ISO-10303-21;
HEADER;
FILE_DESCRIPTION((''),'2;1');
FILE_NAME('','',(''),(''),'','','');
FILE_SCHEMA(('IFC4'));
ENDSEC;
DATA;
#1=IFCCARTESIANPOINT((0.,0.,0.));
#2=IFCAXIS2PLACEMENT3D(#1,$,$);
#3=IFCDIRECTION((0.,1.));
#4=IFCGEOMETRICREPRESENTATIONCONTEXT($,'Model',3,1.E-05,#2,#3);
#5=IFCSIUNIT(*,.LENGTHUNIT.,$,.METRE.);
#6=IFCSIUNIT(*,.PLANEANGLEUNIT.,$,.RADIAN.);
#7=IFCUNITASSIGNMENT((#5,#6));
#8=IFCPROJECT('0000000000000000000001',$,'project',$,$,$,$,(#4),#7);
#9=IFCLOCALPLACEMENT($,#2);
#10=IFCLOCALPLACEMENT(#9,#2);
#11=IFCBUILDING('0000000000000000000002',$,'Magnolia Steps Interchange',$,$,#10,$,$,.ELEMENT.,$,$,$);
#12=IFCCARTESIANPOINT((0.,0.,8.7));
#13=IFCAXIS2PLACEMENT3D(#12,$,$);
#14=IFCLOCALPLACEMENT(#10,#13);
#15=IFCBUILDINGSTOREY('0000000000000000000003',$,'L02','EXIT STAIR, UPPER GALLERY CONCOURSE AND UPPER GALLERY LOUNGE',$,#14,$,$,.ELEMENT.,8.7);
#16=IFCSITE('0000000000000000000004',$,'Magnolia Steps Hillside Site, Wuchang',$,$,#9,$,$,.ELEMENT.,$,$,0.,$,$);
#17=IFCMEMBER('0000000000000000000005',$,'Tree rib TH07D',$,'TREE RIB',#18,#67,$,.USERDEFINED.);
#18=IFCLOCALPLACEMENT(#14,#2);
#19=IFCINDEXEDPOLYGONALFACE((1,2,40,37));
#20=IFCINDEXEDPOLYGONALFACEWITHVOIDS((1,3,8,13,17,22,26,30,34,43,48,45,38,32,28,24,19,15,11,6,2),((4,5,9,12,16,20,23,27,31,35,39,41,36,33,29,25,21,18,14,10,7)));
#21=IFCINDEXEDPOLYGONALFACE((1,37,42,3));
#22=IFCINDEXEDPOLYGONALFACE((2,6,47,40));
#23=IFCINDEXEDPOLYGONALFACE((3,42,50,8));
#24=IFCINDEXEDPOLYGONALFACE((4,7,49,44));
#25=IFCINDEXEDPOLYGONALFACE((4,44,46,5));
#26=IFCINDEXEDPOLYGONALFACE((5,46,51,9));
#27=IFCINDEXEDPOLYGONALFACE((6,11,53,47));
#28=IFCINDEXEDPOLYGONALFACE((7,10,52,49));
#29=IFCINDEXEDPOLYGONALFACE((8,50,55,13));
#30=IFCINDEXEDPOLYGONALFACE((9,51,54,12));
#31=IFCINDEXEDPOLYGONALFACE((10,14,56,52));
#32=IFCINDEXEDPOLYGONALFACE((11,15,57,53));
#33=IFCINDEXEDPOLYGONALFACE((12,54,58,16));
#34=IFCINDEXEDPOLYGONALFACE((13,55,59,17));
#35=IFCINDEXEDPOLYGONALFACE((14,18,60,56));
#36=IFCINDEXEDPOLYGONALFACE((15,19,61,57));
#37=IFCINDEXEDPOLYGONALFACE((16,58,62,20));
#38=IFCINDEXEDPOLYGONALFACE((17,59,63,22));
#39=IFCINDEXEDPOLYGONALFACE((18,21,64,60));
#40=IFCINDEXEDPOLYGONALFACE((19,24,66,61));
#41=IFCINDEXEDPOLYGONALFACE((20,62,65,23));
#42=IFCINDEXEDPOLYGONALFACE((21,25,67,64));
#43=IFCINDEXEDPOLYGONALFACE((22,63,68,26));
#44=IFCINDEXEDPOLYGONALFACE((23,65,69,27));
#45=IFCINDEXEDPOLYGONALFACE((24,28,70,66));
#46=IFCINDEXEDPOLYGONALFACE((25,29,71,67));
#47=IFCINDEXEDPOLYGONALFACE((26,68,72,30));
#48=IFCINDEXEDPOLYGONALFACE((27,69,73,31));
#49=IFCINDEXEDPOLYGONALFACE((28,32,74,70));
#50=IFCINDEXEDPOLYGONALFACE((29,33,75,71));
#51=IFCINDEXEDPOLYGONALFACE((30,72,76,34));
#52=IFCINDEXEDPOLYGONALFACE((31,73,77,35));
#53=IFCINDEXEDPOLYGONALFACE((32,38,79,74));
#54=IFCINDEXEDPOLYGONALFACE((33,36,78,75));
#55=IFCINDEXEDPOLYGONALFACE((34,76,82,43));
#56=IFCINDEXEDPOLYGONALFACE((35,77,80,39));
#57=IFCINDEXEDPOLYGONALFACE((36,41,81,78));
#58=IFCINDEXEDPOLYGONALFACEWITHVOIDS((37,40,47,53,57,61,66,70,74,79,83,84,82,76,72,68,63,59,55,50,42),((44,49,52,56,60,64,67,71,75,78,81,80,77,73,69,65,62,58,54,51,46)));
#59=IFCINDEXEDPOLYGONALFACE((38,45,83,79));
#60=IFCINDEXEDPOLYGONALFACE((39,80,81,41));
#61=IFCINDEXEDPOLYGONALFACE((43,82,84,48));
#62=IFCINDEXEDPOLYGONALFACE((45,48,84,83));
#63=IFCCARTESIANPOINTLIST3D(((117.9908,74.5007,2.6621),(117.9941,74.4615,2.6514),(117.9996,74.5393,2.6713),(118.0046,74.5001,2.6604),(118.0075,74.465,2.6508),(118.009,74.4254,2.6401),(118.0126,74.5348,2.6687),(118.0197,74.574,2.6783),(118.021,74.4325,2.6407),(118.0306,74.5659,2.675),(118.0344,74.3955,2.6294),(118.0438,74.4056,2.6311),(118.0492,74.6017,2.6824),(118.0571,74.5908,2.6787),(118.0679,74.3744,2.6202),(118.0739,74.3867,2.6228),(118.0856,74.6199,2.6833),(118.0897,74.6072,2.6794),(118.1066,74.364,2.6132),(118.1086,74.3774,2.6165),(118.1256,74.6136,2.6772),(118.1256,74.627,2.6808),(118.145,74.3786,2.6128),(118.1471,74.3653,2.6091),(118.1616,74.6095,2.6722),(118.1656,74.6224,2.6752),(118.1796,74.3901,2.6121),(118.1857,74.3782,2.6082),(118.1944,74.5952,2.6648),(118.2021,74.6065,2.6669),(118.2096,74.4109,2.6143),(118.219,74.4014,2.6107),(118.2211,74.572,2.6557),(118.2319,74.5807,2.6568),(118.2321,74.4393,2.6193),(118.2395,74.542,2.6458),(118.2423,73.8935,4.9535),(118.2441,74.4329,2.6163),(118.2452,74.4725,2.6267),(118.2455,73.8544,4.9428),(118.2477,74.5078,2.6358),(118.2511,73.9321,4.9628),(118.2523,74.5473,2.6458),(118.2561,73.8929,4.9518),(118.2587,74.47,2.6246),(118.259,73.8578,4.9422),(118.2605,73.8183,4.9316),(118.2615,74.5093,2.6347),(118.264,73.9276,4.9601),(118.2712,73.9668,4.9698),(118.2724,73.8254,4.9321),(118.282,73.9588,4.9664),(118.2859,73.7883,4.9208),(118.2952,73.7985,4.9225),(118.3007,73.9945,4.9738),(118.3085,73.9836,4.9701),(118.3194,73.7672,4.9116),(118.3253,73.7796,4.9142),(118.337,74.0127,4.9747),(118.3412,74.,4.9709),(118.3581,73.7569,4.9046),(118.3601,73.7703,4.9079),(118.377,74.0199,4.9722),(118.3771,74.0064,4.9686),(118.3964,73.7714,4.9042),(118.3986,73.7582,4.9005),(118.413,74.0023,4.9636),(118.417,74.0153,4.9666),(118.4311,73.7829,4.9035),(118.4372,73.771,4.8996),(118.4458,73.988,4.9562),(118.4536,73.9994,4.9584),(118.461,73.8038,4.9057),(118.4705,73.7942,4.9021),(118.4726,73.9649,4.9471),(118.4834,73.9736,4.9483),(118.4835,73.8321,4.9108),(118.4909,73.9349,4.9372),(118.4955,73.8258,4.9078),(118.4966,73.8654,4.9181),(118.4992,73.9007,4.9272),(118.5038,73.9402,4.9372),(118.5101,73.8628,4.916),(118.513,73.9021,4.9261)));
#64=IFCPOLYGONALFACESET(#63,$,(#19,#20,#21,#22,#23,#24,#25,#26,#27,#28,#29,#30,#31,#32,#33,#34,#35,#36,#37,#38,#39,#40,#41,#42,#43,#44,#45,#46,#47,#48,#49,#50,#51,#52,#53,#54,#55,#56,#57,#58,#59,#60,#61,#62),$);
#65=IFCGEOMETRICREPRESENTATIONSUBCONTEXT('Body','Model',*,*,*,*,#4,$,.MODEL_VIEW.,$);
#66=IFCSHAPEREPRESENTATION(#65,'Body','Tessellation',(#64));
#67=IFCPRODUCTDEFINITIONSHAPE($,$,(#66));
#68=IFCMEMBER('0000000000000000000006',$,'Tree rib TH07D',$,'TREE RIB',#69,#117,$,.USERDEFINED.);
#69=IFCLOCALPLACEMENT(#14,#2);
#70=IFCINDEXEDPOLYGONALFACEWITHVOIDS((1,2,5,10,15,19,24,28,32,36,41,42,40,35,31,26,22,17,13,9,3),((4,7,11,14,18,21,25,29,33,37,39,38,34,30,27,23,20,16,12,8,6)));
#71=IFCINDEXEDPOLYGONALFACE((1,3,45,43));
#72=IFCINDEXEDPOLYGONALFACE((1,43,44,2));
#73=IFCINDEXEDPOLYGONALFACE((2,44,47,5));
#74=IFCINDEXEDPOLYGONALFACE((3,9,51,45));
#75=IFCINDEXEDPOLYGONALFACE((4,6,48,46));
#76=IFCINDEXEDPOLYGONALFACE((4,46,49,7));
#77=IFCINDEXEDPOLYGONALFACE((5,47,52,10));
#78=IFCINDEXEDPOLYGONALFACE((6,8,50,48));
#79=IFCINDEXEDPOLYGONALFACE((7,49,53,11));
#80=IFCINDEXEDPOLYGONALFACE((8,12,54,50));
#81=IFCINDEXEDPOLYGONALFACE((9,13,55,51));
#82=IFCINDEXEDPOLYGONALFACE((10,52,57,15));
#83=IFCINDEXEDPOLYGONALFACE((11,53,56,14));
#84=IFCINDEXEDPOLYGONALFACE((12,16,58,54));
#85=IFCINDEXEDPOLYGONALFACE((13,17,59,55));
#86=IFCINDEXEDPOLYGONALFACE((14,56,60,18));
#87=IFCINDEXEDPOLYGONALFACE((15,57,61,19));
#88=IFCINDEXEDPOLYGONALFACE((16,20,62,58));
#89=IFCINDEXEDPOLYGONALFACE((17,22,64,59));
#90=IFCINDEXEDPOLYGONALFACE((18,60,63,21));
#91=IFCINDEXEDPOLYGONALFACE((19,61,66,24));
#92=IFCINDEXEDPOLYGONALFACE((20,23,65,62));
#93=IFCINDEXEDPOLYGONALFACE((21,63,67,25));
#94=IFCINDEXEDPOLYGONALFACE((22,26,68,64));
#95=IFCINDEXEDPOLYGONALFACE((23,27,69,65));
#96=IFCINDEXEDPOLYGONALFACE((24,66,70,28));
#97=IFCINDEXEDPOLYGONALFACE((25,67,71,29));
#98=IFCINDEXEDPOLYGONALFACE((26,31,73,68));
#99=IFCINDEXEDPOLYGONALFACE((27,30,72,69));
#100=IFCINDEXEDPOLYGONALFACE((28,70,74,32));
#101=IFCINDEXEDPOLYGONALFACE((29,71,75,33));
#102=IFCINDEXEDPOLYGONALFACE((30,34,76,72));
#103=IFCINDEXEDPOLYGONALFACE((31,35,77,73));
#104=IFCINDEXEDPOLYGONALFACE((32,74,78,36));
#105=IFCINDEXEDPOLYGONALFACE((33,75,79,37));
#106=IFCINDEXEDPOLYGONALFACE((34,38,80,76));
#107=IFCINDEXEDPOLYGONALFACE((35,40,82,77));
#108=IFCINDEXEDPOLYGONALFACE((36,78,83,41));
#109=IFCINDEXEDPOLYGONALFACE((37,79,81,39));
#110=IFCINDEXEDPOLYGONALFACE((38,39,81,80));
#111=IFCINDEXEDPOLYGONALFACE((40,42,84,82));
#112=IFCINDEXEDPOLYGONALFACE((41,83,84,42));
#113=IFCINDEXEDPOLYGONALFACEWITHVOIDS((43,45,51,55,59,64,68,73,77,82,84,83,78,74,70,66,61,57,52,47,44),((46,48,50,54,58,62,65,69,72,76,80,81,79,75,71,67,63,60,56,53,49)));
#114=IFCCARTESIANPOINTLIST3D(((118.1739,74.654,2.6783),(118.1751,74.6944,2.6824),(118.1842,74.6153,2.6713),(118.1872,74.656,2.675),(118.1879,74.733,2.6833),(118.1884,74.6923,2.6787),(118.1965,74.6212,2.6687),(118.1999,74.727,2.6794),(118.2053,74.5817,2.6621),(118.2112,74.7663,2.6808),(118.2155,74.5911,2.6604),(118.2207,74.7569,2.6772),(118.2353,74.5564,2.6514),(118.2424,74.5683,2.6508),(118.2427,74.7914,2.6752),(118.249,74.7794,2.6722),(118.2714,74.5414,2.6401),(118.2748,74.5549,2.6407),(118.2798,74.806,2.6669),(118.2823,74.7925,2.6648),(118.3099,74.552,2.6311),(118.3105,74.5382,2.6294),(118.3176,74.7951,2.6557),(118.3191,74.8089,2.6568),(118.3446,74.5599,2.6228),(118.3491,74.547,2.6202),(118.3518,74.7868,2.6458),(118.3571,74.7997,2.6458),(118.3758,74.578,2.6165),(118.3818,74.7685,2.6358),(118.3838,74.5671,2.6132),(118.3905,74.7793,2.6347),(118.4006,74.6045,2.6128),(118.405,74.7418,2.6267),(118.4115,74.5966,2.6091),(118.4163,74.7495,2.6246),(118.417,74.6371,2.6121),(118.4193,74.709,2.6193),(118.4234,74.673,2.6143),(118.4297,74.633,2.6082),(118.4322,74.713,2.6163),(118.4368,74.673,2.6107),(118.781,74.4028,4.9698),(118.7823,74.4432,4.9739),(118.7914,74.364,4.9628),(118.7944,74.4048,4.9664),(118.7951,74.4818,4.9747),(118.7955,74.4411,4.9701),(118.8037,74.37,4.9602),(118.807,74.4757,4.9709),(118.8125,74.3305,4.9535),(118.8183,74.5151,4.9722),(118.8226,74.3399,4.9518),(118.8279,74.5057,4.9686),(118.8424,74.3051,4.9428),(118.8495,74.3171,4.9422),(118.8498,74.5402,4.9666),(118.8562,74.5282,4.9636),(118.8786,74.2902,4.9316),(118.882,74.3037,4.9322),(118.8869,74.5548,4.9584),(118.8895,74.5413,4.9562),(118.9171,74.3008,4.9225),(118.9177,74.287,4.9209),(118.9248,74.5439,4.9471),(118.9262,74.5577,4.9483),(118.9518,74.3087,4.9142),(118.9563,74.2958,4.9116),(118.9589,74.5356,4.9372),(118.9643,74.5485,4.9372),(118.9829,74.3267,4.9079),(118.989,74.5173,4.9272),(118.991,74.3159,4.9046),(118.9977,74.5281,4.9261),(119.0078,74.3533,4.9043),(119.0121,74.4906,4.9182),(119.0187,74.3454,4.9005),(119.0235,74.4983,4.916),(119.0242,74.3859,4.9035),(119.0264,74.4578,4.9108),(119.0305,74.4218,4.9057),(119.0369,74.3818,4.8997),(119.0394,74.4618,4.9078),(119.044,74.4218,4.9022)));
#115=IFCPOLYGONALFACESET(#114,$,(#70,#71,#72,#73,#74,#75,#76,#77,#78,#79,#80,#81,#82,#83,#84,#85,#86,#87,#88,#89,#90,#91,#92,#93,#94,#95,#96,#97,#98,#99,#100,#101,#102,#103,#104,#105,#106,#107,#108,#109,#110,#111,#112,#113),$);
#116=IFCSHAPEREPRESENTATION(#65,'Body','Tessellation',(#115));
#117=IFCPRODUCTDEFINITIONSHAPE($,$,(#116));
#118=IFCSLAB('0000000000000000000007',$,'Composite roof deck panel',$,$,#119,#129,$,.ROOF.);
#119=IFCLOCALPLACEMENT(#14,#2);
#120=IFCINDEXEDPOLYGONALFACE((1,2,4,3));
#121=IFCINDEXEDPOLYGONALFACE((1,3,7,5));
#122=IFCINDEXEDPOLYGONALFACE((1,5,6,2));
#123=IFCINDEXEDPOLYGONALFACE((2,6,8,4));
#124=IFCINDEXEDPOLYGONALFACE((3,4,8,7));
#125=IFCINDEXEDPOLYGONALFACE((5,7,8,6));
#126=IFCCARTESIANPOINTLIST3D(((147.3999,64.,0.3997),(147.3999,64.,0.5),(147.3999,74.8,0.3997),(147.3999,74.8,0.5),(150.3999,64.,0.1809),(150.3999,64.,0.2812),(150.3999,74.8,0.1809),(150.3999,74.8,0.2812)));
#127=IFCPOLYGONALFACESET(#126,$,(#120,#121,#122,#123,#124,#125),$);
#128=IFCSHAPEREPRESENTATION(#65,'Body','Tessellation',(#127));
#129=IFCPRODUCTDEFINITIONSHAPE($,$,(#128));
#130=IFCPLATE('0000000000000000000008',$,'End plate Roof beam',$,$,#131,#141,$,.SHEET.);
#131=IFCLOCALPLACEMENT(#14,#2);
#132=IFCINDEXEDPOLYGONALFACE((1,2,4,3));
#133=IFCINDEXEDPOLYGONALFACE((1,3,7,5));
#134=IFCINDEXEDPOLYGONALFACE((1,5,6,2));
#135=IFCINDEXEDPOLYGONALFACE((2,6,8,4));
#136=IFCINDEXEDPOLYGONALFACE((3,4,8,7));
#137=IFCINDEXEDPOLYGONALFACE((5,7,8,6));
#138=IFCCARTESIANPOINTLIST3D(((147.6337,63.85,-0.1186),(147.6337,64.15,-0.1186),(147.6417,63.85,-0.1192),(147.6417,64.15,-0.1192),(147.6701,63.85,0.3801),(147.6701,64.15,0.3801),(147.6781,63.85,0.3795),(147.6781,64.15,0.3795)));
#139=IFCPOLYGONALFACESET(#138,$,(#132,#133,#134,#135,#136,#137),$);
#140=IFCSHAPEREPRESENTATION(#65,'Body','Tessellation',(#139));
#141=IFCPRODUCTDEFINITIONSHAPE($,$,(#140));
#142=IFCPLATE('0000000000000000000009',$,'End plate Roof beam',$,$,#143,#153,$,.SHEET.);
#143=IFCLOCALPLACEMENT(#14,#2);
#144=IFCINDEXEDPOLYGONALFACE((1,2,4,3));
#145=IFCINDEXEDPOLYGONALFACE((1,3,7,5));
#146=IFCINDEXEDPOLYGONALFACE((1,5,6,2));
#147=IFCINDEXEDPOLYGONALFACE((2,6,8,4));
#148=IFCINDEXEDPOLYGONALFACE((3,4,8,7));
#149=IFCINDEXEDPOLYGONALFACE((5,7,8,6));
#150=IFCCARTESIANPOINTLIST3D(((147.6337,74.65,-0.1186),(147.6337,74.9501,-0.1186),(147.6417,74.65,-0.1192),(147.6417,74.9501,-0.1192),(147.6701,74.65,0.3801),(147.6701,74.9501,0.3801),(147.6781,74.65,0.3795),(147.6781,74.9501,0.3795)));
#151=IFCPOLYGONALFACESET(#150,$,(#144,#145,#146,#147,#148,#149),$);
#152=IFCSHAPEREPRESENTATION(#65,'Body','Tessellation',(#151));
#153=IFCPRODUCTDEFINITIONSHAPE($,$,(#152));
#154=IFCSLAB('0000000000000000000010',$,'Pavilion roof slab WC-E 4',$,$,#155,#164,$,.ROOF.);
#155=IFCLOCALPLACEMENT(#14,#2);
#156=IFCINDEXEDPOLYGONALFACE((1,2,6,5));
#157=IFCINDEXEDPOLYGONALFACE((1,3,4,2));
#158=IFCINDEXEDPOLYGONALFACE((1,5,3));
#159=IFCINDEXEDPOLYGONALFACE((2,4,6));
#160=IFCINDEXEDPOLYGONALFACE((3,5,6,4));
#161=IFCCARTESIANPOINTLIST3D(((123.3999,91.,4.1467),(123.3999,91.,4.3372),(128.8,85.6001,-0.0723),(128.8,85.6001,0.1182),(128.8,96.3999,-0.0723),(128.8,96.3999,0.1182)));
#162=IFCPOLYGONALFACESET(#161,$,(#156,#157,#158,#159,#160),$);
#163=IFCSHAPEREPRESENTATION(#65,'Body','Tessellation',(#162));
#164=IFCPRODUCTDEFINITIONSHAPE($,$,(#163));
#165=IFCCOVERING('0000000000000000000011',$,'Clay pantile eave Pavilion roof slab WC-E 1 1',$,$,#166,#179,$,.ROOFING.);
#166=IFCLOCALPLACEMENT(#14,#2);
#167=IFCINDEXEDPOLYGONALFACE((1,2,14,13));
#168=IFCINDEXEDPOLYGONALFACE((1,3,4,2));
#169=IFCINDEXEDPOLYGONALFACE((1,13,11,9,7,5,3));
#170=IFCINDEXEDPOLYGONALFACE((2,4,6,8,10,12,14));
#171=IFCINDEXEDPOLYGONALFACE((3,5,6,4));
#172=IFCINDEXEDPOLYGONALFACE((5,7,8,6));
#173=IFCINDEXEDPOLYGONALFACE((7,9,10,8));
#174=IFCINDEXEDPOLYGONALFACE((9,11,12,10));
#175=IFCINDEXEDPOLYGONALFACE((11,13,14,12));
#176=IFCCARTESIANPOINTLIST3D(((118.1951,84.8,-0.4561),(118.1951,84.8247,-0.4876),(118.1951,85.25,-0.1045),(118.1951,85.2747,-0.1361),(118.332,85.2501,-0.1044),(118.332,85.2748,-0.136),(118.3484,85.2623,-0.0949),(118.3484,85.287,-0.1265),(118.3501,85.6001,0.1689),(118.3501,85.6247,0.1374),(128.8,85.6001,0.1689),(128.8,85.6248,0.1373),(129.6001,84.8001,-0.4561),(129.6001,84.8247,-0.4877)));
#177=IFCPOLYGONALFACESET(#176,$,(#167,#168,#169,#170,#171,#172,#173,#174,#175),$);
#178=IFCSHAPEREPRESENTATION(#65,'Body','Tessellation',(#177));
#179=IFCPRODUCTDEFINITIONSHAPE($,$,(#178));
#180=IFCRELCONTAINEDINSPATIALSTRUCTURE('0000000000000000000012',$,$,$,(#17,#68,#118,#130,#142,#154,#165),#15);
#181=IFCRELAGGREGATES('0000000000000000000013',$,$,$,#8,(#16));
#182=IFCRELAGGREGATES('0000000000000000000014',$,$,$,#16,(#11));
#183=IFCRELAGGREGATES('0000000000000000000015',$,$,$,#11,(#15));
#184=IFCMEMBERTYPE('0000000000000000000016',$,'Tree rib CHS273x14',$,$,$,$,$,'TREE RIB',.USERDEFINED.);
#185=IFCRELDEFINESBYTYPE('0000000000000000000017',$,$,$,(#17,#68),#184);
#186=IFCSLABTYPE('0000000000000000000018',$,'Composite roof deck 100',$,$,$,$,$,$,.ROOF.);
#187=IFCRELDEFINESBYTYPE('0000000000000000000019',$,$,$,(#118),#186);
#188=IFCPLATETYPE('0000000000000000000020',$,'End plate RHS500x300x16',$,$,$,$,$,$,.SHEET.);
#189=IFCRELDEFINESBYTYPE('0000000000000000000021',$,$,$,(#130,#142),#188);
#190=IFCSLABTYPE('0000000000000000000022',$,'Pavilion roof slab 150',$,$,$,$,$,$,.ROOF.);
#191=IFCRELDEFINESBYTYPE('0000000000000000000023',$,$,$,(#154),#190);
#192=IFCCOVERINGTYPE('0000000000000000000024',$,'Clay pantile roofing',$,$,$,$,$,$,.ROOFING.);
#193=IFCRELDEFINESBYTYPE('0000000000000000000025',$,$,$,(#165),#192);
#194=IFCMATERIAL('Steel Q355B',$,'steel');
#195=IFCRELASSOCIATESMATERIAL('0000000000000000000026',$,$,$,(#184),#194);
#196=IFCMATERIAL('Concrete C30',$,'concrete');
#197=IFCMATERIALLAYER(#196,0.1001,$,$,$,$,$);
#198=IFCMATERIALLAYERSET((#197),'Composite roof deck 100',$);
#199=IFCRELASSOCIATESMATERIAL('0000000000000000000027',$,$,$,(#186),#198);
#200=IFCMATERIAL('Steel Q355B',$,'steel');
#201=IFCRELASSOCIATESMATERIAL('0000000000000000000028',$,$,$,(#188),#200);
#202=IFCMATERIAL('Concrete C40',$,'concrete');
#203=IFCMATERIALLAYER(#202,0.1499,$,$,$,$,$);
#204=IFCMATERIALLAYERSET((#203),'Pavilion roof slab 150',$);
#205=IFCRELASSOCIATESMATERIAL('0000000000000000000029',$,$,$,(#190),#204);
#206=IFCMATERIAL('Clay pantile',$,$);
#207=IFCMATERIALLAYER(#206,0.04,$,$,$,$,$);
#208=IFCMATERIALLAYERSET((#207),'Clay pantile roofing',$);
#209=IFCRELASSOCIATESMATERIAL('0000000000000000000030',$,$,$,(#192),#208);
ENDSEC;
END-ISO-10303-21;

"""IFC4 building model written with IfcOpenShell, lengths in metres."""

from ifc_helpers import new_model, si_unit, direction, frame, origin, origin_2d, place, context, subcontext, project, spatial, polyline, rectangle, hollow_circle, outline, extrude, material, layer, layer_set, material_profile, profile_set, type_object, element, save


model = new_model("IFC4")

# Units and contexts
model_context = context("Model", 3, precision=1e-05, world=origin(), true_north=direction((0.0, 1.0)))
body_context = subcontext(model_context, "Body", "Model", "MODEL_VIEW")
ifc_project = project(units=[si_unit("LENGTHUNIT", "METRE"), si_unit("PLANEANGLEUNIT", "RADIAN")], contexts=[model_context])

# Site, building, storey
site_placement = place(None, origin())
site = spatial("IfcSite", under=ifc_project, at=site_placement, Name="Magnolia Steps Hillside Site, Wuchang", CompositionType="ELEMENT", RefElevation=0.0)
building_placement = place(site_placement, origin())
building = spatial("IfcBuilding", under=site, at=building_placement, Name="Magnolia Steps Interchange", CompositionType="ELEMENT")
storey_placement = place(building_placement, frame((0.0, 0.0, 8.7)))
storey = spatial("IfcBuildingStorey", under=building, at=storey_placement, Name="L02", Description="EXIT STAIR, UPPER GALLERY CONCOURSE AND UPPER GALLERY LOUNGE", CompositionType="ELEMENT", Elevation=8.7)

# Members
ifc_material_1 = material(Name="Steel Q355B", Category="steel")
ifc_material_profile_1 = material_profile(ifc_material_1, hollow_circle(Radius=0.1365, WallThickness=0.0139, at=origin_2d()), Name="CHS273x14")
ifc_profile_set_1 = profile_set([ifc_material_profile_1], Name="Steel Q355B")
member_type_1 = type_object("IfcMemberType", Name="Tree rib CHS273x14", ElementType="TREE RIB", PredefinedType="USERDEFINED", material=ifc_profile_set_1)
for number, where, z_axis, x_axis, name in (
    (1, (118.1262, 74.4951, 2.6458), (0.105485, -0.254701, 0.961249), (0.923899, 0.382636, 0.0), "Tree rib TH07D"),
    (2, (118.3049, 74.6736, 2.6458), (0.254704, -0.105384, 0.96126), (0.382319, 0.92403, 0.0), "Tree rib TH07D"),
):
    element("IfcMember", number, at=place(storey_placement, frame(where, z_axis=z_axis, x_axis=x_axis)), inside=storey, type_object=member_type_1, Name=name, ObjectType="TREE RIB", PredefinedType="USERDEFINED", context=body_context, shape_type="SweptSolid", body=[
        extrude(hollow_circle(Radius=0.1365, WallThickness=0.0139, at=origin_2d()), origin(), (0.0, 0.0, 1.0), 2.3838),
    ])

# Slab
ifc_material_2 = material(Name="Concrete C30", Category="concrete")
ifc_layer_1 = layer(ifc_material_2, 0.1001)
ifc_layer_set_1 = layer_set([ifc_layer_1], Name="Composite roof deck 100")
slab_type_1 = type_object("IfcSlabType", Name="Composite roof deck 100", PredefinedType="ROOF", material=ifc_layer_set_1)
slab_1_placement = place(storey_placement, frame((147.3999, 64.0, 0.5), z_axis=(0.072724, 0.0, 0.997352), x_axis=(0.997352, 0.0, -0.072724)))
element("IfcSlab", 3, at=slab_1_placement, inside=storey, type_object=slab_type_1, Name="Composite roof deck panel", PredefinedType="ROOF", context=body_context, shape_type="SweptSolid", body=[
    extrude(outline(polyline([(0.0, 0.0), (3.008, 0.0), (3.008, 10.8), (0.0, 10.8), (0.0, 0.0)])), origin(), (0.072724, 0.0, -0.997352), 0.1003),
])

# Plates
ifc_material_3 = material(Name="Steel Q355B", Category="steel")
ifc_material_profile_2 = material_profile(ifc_material_3, rectangle(XDim=0.3, YDim=0.5, at=origin_2d()), Name="End plate RHS500x300x16")
ifc_profile_set_2 = profile_set([ifc_material_profile_2], Name="Steel Q355B")
plate_type = type_object("IfcPlateType", Name="End plate RHS500x300x16", PredefinedType="SHEET", material=ifc_profile_set_2)
for number, where, z_axis, x_axis, name in (
    (4, (147.6599, 64.0, 0.1301), (-0.997352, 0.0, 0.072727), (0.0, -1.0, 0.0), "End plate Roof beam"),
    (5, (147.6599, 74.8, 0.1301), (-0.997352, 0.0, 0.072727), (0.0, -1.0, 0.0), "End plate Roof beam"),
):
    element("IfcPlate", number, at=place(storey_placement, frame(where, z_axis=z_axis, x_axis=x_axis)), inside=storey, type_object=plate_type, Name=name, PredefinedType="SHEET", context=body_context, shape_type="SweptSolid", body=[
        extrude(rectangle(XDim=0.3, YDim=0.5, at=origin_2d()), origin(), (0.0, 0.0, 1.0), 0.0081),
    ])

# Slab
ifc_material_4 = material(Name="Concrete C40", Category="concrete")
ifc_layer_2 = layer(ifc_material_4, 0.1499)
ifc_layer_set_2 = layer_set([ifc_layer_2], Name="Pavilion roof slab 150")
slab_type_2 = type_object("IfcSlabType", Name="Pavilion roof slab 150", PredefinedType="ROOF", material=ifc_layer_set_2)
slab_2_placement = place(storey_placement, frame((128.8, 85.6001, 0.1182), z_axis=(0.615656, 0.0, 0.788015), x_axis=(0.0, 1.0, 0.0)))
element("IfcSlab", 6, at=slab_2_placement, inside=storey, type_object=slab_type_2, Name="Pavilion roof slab WC-E 4", PredefinedType="ROOF", context=body_context, shape_type="SweptSolid", body=[
    extrude(outline(polyline([(0.0, 0.0), (10.7998, 0.0), (5.3999, 6.8528), (0.0, 0.0)])), origin(), (0.0, -0.615656, -0.788015), 0.1904),
])

# Covering
ifc_material_5 = material(Name="Clay pantile")
ifc_layer_3 = layer(ifc_material_5, 0.04)
ifc_layer_set_3 = layer_set([ifc_layer_3], Name="Clay pantile roofing")
covering_type = type_object("IfcCoveringType", Name="Clay pantile roofing", PredefinedType="ROOFING", material=ifc_layer_set_3)
covering_placement = place(storey_placement, frame((118.1951, 84.8, -0.4561), z_axis=(0.000006, -0.615622, 0.788041), x_axis=(0.0, 0.788041, 0.615622)))
element("IfcCovering", 7, at=covering_placement, inside=storey, type_object=covering_type, Name="Clay pantile eave Pavilion roof slab WC-E 1 1", PredefinedType="ROOFING", context=body_context, shape_type="SweptSolid", body=[
    extrude(outline(polyline([(0.0, 0.0), (0.571, 0.0), (0.5712, -0.137), (0.5866, -0.1533), (1.0152, -0.155), (1.0152, -10.605), (0.0, -11.405), (0.0, 0.0)])), origin(), (0.0, 0.0, -1.0), 0.04),
])

save(model, "model.ifc")
